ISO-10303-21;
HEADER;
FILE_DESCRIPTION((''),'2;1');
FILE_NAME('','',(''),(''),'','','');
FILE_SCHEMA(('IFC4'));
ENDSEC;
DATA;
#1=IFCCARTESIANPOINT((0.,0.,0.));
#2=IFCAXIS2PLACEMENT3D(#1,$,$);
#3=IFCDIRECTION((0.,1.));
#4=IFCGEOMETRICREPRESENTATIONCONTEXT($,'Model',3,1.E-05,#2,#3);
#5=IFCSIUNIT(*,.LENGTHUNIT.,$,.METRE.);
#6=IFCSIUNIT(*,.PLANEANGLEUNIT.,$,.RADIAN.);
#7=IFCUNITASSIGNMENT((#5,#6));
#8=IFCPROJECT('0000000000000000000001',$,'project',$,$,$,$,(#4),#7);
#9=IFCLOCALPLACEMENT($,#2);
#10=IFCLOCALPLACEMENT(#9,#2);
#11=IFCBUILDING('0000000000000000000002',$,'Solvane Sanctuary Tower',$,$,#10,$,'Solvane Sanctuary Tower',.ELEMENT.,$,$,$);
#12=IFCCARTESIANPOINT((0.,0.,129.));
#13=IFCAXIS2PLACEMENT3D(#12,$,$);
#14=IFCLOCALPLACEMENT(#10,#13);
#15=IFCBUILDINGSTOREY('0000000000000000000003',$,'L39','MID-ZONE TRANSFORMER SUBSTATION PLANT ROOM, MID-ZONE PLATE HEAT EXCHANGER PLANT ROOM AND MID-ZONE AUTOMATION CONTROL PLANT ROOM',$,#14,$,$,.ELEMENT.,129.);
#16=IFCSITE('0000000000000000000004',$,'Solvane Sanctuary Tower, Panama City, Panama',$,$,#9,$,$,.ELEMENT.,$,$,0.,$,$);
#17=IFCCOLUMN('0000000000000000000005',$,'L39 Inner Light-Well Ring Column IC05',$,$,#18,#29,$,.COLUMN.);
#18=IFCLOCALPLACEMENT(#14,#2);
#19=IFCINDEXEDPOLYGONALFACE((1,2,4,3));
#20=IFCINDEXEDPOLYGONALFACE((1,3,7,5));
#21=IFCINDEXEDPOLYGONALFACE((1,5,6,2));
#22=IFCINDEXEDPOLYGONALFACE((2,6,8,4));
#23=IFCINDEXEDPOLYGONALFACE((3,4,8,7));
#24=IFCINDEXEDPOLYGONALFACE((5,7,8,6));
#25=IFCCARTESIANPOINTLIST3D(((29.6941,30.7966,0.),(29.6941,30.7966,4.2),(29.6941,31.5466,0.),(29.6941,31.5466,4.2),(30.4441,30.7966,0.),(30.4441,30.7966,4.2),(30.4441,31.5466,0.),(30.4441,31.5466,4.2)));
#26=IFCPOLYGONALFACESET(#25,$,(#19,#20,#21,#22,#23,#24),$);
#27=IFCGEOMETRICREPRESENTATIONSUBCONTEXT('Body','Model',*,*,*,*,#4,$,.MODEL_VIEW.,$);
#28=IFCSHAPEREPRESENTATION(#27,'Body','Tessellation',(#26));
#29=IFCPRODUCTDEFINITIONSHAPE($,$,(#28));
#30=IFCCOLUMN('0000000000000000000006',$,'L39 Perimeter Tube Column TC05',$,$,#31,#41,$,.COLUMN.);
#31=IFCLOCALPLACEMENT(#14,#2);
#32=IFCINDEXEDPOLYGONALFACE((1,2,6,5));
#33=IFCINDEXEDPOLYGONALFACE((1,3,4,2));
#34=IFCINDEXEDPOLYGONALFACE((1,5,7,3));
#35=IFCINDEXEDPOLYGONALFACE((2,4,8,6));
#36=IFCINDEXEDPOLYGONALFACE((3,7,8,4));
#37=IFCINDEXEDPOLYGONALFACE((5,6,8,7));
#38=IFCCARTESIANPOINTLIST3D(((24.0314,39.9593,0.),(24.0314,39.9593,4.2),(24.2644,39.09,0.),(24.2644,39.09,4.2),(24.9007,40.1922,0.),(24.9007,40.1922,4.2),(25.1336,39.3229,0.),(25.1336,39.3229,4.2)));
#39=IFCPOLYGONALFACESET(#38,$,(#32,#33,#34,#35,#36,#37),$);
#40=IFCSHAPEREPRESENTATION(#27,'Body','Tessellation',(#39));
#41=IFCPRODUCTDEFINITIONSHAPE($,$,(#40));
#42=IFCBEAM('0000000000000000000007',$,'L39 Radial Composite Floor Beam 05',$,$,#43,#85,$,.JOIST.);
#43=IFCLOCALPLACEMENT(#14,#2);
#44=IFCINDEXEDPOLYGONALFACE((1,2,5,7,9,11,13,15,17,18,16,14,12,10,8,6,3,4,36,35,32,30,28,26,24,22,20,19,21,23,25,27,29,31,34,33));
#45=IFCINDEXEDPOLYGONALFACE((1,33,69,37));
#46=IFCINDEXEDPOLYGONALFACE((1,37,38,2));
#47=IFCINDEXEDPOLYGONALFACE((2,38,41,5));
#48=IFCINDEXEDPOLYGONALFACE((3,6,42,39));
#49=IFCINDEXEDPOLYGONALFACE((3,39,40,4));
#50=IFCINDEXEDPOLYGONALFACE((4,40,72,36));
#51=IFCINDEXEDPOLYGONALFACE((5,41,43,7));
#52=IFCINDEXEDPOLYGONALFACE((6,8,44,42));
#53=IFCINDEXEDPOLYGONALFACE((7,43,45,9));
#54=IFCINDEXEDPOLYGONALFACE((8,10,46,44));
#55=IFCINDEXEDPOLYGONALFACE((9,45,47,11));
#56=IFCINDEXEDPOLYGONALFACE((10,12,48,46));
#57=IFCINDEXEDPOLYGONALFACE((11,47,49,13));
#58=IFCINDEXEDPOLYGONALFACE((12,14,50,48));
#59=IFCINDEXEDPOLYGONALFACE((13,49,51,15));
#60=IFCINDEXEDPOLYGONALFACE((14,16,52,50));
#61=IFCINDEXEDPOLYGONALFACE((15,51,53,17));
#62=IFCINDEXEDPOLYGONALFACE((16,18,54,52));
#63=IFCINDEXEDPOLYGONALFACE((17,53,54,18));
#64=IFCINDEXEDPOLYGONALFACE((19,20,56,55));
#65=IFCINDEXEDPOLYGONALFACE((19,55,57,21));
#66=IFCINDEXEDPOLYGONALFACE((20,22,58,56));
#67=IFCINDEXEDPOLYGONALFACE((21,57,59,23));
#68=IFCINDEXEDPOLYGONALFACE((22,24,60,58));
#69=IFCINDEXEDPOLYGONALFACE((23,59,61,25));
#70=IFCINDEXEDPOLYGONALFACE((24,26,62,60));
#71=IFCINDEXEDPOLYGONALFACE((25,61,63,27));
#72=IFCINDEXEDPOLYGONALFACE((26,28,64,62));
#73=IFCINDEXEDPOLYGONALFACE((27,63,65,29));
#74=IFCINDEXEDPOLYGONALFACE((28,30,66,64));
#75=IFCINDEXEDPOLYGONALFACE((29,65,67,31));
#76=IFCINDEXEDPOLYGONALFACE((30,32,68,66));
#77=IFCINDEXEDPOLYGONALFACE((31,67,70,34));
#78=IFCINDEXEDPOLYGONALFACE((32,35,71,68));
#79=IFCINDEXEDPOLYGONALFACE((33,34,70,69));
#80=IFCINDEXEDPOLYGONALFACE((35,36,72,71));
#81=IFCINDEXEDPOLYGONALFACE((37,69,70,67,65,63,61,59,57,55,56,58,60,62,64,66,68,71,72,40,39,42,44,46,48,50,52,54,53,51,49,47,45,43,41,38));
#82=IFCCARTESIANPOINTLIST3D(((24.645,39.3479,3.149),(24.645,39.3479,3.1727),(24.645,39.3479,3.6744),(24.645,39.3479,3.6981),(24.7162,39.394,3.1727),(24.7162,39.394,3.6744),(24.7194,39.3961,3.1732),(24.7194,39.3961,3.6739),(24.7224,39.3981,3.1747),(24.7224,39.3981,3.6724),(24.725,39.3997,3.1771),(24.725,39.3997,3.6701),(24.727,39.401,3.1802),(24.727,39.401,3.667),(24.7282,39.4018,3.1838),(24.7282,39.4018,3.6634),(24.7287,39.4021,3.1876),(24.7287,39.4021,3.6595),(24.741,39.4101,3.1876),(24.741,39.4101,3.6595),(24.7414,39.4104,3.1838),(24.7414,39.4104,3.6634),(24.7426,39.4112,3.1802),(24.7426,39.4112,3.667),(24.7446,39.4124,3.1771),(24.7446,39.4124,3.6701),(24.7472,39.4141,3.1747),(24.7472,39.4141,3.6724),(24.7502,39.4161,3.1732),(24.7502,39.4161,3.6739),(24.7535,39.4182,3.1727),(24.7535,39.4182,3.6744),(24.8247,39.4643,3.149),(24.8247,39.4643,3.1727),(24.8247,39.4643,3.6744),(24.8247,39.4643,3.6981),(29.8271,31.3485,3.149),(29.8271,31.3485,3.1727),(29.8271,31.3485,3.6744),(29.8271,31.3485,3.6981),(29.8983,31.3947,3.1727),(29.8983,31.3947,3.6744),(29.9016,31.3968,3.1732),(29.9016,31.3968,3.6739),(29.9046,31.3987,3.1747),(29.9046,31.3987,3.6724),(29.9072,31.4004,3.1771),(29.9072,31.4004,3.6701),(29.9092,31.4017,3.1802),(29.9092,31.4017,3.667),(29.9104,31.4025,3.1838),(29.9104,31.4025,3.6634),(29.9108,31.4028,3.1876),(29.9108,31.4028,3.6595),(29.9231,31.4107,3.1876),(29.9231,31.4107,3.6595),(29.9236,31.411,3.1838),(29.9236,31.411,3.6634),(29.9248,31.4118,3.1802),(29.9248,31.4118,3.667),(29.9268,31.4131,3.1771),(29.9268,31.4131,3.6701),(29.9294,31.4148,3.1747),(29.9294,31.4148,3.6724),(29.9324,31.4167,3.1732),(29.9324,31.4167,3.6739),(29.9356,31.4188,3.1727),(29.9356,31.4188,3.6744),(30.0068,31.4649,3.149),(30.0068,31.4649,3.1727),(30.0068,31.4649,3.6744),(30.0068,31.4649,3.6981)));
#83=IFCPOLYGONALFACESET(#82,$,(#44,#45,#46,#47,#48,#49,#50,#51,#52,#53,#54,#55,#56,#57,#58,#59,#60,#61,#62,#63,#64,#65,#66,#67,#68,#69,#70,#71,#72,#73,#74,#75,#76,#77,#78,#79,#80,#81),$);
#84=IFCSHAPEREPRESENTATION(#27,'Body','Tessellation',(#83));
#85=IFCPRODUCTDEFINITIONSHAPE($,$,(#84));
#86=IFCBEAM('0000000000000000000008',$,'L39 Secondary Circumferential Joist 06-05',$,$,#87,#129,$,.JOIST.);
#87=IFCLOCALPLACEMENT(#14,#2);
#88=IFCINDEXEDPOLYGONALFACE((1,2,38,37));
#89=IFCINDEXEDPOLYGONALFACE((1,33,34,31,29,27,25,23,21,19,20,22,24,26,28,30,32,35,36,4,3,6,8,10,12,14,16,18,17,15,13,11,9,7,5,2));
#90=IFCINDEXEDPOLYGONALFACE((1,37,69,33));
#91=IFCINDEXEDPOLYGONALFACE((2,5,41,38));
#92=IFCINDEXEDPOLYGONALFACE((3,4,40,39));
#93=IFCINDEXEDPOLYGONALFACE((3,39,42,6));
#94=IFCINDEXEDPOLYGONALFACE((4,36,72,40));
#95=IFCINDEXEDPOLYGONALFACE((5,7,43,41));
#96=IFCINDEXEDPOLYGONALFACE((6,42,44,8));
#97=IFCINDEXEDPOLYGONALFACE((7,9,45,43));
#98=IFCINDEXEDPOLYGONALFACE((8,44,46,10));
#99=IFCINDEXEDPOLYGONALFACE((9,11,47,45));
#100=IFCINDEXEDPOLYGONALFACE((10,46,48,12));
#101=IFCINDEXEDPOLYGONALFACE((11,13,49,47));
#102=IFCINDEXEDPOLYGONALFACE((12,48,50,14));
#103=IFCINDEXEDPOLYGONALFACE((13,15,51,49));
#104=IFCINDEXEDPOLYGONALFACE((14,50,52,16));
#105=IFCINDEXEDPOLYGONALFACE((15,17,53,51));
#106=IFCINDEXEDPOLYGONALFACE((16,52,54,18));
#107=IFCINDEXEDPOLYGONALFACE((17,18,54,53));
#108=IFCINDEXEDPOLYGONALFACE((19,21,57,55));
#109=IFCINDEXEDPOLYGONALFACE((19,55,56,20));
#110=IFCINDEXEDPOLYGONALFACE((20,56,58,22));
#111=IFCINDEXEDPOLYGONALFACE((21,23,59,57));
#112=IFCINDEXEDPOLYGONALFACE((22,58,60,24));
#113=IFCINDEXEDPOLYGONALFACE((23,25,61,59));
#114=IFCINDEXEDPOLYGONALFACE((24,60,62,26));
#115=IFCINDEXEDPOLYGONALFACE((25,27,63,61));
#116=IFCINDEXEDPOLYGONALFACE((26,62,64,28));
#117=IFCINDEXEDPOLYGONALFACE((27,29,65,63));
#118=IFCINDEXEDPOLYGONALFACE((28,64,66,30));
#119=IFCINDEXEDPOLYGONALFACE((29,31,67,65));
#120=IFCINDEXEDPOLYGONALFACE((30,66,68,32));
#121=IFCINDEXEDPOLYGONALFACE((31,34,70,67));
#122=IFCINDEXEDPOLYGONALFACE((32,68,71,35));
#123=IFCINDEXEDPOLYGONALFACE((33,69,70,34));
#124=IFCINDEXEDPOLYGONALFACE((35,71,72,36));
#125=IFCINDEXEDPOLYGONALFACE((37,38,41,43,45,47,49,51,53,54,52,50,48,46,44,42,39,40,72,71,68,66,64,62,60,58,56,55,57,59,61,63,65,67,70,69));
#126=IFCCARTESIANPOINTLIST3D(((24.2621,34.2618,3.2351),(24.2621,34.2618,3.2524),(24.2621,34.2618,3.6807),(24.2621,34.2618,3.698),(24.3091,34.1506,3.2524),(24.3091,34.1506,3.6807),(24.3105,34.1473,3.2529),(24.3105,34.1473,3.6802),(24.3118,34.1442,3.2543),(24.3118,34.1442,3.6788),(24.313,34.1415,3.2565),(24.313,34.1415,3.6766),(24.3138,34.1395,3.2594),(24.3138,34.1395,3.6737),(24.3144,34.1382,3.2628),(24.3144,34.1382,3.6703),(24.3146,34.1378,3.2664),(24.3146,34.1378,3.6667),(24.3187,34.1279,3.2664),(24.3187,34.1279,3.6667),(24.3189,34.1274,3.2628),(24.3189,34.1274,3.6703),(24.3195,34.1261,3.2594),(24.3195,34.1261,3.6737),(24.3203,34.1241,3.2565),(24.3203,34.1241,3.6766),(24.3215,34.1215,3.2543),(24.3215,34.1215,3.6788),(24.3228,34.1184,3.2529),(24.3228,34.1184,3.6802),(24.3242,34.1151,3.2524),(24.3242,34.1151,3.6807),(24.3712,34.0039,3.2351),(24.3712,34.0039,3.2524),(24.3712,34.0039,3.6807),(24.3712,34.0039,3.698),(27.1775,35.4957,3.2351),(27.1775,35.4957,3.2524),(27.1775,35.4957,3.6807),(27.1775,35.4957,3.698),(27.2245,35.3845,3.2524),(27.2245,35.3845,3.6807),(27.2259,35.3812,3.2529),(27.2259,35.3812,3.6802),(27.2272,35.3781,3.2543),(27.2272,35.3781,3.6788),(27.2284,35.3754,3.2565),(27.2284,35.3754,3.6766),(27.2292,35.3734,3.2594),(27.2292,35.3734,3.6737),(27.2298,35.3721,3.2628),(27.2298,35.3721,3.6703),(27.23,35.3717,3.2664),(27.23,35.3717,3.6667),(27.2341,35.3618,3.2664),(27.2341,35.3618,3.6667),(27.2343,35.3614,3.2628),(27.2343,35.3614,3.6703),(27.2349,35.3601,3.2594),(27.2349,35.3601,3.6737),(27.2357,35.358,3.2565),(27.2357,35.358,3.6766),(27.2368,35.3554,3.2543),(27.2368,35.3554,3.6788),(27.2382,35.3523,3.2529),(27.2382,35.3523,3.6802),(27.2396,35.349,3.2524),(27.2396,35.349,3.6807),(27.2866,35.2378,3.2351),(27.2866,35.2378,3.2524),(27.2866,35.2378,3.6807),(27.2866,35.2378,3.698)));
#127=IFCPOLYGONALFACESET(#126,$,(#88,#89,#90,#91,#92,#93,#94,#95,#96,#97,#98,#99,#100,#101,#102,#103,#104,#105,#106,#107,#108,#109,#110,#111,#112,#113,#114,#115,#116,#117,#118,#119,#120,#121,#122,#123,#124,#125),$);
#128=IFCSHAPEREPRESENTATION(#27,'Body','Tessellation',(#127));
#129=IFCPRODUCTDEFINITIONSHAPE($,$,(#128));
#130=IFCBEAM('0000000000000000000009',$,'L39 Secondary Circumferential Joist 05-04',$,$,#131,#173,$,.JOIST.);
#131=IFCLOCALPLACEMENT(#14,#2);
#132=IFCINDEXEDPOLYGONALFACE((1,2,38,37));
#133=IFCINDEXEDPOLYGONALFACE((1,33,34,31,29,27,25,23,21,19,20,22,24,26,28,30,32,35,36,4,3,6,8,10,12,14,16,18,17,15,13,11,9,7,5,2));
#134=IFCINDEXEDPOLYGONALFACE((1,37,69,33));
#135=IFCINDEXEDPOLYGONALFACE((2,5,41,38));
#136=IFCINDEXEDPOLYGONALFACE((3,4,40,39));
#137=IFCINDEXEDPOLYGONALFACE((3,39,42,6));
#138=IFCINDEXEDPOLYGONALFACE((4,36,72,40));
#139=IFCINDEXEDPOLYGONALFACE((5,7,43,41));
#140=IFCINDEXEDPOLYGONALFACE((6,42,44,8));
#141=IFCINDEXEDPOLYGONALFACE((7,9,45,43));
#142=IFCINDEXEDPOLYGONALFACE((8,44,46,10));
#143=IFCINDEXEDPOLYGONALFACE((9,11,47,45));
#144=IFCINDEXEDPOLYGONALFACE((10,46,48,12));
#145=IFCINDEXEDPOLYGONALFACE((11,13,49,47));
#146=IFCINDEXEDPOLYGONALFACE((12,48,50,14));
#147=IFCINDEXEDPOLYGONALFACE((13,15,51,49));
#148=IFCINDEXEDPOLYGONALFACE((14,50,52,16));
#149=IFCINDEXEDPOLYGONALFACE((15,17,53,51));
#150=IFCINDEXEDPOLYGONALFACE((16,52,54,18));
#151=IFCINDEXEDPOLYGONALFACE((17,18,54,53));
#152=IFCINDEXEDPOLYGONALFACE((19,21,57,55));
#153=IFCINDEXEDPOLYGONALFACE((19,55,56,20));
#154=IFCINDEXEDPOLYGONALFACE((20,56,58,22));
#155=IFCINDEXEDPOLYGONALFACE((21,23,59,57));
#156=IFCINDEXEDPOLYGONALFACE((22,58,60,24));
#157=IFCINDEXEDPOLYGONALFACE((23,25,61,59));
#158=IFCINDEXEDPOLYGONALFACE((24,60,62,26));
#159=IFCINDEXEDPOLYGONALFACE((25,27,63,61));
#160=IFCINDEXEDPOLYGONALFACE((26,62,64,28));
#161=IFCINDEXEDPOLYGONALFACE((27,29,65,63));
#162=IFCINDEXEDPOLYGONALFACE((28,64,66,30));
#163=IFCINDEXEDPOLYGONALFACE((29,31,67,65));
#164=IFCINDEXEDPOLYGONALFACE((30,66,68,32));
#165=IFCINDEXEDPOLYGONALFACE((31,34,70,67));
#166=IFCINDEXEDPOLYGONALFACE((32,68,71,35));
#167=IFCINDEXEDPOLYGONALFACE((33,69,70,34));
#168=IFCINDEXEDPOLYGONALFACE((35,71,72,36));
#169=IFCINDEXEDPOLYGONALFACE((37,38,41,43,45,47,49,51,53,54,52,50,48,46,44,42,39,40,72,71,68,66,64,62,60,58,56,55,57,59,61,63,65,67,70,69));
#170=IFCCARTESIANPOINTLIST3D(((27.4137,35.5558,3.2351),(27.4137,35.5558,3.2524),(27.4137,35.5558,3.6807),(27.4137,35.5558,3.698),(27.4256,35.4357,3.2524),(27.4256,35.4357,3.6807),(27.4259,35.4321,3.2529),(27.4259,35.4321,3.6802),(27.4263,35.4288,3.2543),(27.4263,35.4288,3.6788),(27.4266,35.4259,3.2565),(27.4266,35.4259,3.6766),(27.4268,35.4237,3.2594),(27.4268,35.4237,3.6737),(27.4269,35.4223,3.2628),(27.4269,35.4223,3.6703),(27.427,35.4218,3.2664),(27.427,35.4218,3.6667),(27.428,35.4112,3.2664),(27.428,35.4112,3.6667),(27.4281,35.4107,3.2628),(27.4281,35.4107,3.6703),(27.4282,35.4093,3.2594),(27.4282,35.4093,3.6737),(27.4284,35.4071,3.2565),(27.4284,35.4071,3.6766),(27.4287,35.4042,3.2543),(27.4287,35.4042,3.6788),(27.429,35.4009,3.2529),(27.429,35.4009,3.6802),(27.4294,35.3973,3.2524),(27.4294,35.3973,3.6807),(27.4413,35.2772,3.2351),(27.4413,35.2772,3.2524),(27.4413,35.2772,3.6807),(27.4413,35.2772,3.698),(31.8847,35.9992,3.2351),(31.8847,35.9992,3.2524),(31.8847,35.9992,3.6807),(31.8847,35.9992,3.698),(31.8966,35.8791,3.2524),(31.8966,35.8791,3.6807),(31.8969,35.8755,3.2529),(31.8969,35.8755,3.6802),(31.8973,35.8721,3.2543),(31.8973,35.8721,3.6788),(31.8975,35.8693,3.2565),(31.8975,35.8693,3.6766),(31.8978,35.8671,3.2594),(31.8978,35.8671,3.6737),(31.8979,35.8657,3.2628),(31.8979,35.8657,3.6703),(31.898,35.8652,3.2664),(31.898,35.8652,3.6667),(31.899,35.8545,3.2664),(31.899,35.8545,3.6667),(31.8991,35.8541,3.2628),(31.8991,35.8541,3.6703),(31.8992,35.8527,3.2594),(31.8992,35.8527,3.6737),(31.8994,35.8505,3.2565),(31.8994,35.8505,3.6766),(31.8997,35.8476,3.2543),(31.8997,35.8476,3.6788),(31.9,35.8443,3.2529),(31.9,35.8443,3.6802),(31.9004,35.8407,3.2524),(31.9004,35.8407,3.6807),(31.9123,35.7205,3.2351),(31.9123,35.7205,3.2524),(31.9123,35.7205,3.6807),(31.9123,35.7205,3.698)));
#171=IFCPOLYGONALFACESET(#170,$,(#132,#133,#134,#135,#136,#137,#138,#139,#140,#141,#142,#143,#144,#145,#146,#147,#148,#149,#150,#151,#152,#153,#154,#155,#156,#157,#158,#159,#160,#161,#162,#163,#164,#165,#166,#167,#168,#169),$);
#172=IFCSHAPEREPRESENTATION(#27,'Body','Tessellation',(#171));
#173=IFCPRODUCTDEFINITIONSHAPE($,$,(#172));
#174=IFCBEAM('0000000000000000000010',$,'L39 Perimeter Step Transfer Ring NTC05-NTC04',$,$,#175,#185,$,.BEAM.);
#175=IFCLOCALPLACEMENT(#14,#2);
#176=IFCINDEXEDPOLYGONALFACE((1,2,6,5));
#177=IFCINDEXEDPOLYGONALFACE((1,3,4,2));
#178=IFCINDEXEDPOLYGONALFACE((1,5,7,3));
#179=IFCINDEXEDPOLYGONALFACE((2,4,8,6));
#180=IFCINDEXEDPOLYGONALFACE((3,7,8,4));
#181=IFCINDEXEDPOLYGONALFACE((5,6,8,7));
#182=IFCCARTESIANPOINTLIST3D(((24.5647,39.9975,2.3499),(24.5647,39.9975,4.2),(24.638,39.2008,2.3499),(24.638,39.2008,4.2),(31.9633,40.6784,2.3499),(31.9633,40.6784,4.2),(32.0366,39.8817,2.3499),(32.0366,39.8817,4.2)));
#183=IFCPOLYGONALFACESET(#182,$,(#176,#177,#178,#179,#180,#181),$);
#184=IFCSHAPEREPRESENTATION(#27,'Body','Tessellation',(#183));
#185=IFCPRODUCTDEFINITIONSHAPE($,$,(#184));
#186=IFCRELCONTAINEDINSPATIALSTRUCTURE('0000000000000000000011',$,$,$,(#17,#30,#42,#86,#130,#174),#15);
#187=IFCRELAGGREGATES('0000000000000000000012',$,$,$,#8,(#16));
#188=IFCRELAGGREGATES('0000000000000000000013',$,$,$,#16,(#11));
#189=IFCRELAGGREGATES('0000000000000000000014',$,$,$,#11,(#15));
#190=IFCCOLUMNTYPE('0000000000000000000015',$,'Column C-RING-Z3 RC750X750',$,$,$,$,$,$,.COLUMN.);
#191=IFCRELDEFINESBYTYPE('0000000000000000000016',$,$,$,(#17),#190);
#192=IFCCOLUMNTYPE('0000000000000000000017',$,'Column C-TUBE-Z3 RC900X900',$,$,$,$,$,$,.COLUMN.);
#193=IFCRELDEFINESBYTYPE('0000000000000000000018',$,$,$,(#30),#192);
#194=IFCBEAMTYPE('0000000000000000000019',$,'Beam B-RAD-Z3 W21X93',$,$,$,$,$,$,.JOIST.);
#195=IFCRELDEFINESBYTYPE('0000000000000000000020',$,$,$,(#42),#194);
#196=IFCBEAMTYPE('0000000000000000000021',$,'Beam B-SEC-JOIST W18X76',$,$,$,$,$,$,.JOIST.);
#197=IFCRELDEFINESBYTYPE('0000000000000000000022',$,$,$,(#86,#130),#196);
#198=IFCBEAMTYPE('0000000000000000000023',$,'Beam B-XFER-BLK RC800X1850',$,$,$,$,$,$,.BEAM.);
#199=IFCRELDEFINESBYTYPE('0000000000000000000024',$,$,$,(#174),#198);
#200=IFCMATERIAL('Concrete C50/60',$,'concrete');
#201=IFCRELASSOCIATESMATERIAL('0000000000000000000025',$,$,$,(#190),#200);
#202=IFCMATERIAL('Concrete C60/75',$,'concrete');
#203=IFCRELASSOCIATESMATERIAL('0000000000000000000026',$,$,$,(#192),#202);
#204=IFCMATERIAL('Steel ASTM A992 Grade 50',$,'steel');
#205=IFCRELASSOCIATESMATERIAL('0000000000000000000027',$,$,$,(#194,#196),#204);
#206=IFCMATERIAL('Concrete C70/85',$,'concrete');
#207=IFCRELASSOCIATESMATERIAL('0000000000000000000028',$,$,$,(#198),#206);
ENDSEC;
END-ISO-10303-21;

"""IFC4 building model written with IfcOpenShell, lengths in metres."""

from ifc_helpers import new_model, si_unit, direction, frame, origin, origin_2d, place, context, subcontext, project, spatial, rectangle, i_section, extrude, material, material_profile, profile_set, type_object, element, save


model = new_model("IFC4")

# Units and contexts
model_context = context("Model", 3, precision=1e-05, world=origin(), true_north=direction((0.0, 1.0)))
body_context = subcontext(model_context, "Body", "Model", "MODEL_VIEW")
ifc_project = project(units=[si_unit("LENGTHUNIT", "METRE"), si_unit("PLANEANGLEUNIT", "RADIAN")], contexts=[model_context])

# Site, building, storey
site_placement = place(None, origin())
site = spatial("IfcSite", under=ifc_project, at=site_placement, Name="Solvane Sanctuary Tower, Panama City, Panama", CompositionType="ELEMENT", RefElevation=0.0)
building_placement = place(site_placement, origin())
building = spatial("IfcBuilding", under=site, at=building_placement, Name="Solvane Sanctuary Tower", LongName="Solvane Sanctuary Tower", CompositionType="ELEMENT")
storey_placement = place(building_placement, frame((0.0, 0.0, 129.0)))
storey = spatial("IfcBuildingStorey", under=building, at=storey_placement, Name="L39", Description="MID-ZONE TRANSFORMER SUBSTATION PLANT ROOM, MID-ZONE PLATE HEAT EXCHANGER PLANT ROOM AND MID-ZONE AUTOMATION CONTROL PLANT ROOM", CompositionType="ELEMENT", Elevation=129.0)

# Columns
ifc_material_1 = material(Name="Concrete C50/60", Category="concrete")
ifc_material_profile_1 = material_profile(ifc_material_1, rectangle(XDim=0.75, YDim=0.75, at=origin_2d()), Name="RC750X750")
ifc_profile_set_1 = profile_set([ifc_material_profile_1], Name="Concrete C50/60")
column_type_1 = type_object("IfcColumnType", Name="Column C-RING-Z3 RC750X750", PredefinedType="COLUMN", material=ifc_profile_set_1)
column_1_placement = place(storey_placement, frame((30.0691, 31.1716, 0.0), z_axis=(0.0, 0.0, 1.0), x_axis=(1.0, 0.0, 0.0)))
element("IfcColumn", 1, at=column_1_placement, inside=storey, type_object=column_type_1, Name="L39 Inner Light-Well Ring Column IC05", PredefinedType="COLUMN", context=body_context, shape_type="SweptSolid", body=[
    extrude(rectangle(XDim=0.75, YDim=0.75, at=origin_2d()), origin(), (0.0, 0.0, 1.0), 4.2),
])
ifc_material_2 = material(Name="Concrete C60/75", Category="concrete")
ifc_material_profile_2 = material_profile(ifc_material_2, rectangle(XDim=0.8999, YDim=0.8999, at=origin_2d()), Name="RC900X900")
ifc_profile_set_2 = profile_set([ifc_material_profile_2], Name="Concrete C60/75")
column_type_2 = type_object("IfcColumnType", Name="Column C-TUBE-Z3 RC900X900", PredefinedType="COLUMN", material=ifc_profile_set_2)
column_2_placement = place(storey_placement, frame((24.5825, 39.6411, 0.0), z_axis=(0.0, 0.0, 1.0), x_axis=(-0.258819, 0.965926, 0.0)))
element("IfcColumn", 2, at=column_2_placement, inside=storey, type_object=column_type_2, Name="L39 Perimeter Tube Column TC05", PredefinedType="COLUMN", context=body_context, shape_type="SweptSolid", body=[
    extrude(rectangle(XDim=0.8999, YDim=0.8999, at=origin_2d()), origin(), (0.0, 0.0, 1.0), 4.2),
])

# Beams
ifc_material_3 = material(Name="Steel ASTM A992 Grade 50", Category="steel")
ifc_material_profile_3 = material_profile(ifc_material_3, i_section(OverallWidth=0.2141, OverallDepth=0.5491, WebThickness=0.0146, FlangeThickness=0.0237, FilletRadius=0.0149, at=origin_2d()), Name="W21X93")
ifc_profile_set_3 = profile_set([ifc_material_profile_3], Name="Steel ASTM A992 Grade 50")
beam_type_1 = type_object("IfcBeamType", Name="Beam B-RAD-Z3 W21X93", PredefinedType="JOIST", material=ifc_profile_set_3)
beam_1_placement = place(storey_placement, frame((29.917, 31.4067, 3.4236), z_axis=(-0.543705, 0.839277, 0.0), x_axis=(-0.839277, -0.543705, 0.0)))
element("IfcBeam", 3, at=beam_1_placement, inside=storey, type_object=beam_type_1, Name="L39 Radial Composite Floor Beam 05", PredefinedType="JOIST", context=body_context, shape_type="SweptSolid", body=[
    extrude(i_section(OverallWidth=0.2141, OverallDepth=0.5491, WebThickness=0.0146, FlangeThickness=0.0237, FilletRadius=0.0149, at=origin_2d()), origin(), (0.0, 0.0, 1.0), 9.5312),
])
ifc_material_profile_4 = material_profile(ifc_material_3, i_section(OverallWidth=0.28, OverallDepth=0.4629, WebThickness=0.0107, FlangeThickness=0.0173, FilletRadius=0.0139, at=origin_2d()), Name="W18X76")
ifc_profile_set_4 = profile_set([ifc_material_profile_4], Name="Steel ASTM A992 Grade 50")
beam_type_2 = type_object("IfcBeamType", Name="Beam B-SEC-JOIST W18X76", PredefinedType="JOIST", material=ifc_profile_set_4)
beam_2_placement = place(storey_placement, frame((24.3167, 34.1328, 3.4666), z_axis=(0.920911, 0.389773, 0.0), x_axis=(-0.389773, 0.920911, 0.0)))
element("IfcBeam", 4, at=beam_2_placement, inside=storey, type_object=beam_type_2, Name="L39 Secondary Circumferential Joist 06-05", PredefinedType="JOIST", context=body_context, shape_type="SweptSolid", body=[
    extrude(i_section(OverallWidth=0.28, OverallDepth=0.4629, WebThickness=0.0107, FlangeThickness=0.0173, FilletRadius=0.0139, at=origin_2d()), origin(), (0.0, 0.0, 1.0), 3.1658),
])
beam_3_placement = place(storey_placement, frame((27.4275, 35.4165, 3.4666), z_axis=(0.995119, 0.098681, 0.0), x_axis=(-0.098681, 0.995119, 0.0)))
element("IfcBeam", 5, at=beam_3_placement, inside=storey, type_object=beam_type_2, Name="L39 Secondary Circumferential Joist 05-04", PredefinedType="JOIST", context=body_context, shape_type="SweptSolid", body=[
    extrude(i_section(OverallWidth=0.28, OverallDepth=0.4629, WebThickness=0.0107, FlangeThickness=0.0173, FilletRadius=0.0139, at=origin_2d()), origin(), (0.0, 0.0, 1.0), 4.4929),
])
ifc_material_4 = material(Name="Concrete C70/85", Category="concrete")
ifc_material_profile_5 = material_profile(ifc_material_4, rectangle(XDim=0.8, YDim=1.8501, at=origin_2d()), Name="RC800X1850")
ifc_profile_set_5 = profile_set([ifc_material_profile_5], Name="Concrete C70/85")
beam_type_3 = type_object("IfcBeamType", Name="Beam B-XFER-BLK RC800X1850", PredefinedType="BEAM", material=ifc_profile_set_5)
beam_4_placement = place(storey_placement, frame((24.6013, 39.5991, 3.2749), z_axis=(0.995792, 0.091644, 0.0), x_axis=(-0.091644, 0.995792, 0.0)))
element("IfcBeam", 6, at=beam_4_placement, inside=storey, type_object=beam_type_3, Name="L39 Perimeter Step Transfer Ring NTC05-NTC04", PredefinedType="BEAM", context=body_context, shape_type="SweptSolid", body=[
    extrude(rectangle(XDim=0.8, YDim=1.8501, at=origin_2d()), origin(), (0.0, 0.0, 1.0), 7.4299),
])

save(model, "model.ifc")
